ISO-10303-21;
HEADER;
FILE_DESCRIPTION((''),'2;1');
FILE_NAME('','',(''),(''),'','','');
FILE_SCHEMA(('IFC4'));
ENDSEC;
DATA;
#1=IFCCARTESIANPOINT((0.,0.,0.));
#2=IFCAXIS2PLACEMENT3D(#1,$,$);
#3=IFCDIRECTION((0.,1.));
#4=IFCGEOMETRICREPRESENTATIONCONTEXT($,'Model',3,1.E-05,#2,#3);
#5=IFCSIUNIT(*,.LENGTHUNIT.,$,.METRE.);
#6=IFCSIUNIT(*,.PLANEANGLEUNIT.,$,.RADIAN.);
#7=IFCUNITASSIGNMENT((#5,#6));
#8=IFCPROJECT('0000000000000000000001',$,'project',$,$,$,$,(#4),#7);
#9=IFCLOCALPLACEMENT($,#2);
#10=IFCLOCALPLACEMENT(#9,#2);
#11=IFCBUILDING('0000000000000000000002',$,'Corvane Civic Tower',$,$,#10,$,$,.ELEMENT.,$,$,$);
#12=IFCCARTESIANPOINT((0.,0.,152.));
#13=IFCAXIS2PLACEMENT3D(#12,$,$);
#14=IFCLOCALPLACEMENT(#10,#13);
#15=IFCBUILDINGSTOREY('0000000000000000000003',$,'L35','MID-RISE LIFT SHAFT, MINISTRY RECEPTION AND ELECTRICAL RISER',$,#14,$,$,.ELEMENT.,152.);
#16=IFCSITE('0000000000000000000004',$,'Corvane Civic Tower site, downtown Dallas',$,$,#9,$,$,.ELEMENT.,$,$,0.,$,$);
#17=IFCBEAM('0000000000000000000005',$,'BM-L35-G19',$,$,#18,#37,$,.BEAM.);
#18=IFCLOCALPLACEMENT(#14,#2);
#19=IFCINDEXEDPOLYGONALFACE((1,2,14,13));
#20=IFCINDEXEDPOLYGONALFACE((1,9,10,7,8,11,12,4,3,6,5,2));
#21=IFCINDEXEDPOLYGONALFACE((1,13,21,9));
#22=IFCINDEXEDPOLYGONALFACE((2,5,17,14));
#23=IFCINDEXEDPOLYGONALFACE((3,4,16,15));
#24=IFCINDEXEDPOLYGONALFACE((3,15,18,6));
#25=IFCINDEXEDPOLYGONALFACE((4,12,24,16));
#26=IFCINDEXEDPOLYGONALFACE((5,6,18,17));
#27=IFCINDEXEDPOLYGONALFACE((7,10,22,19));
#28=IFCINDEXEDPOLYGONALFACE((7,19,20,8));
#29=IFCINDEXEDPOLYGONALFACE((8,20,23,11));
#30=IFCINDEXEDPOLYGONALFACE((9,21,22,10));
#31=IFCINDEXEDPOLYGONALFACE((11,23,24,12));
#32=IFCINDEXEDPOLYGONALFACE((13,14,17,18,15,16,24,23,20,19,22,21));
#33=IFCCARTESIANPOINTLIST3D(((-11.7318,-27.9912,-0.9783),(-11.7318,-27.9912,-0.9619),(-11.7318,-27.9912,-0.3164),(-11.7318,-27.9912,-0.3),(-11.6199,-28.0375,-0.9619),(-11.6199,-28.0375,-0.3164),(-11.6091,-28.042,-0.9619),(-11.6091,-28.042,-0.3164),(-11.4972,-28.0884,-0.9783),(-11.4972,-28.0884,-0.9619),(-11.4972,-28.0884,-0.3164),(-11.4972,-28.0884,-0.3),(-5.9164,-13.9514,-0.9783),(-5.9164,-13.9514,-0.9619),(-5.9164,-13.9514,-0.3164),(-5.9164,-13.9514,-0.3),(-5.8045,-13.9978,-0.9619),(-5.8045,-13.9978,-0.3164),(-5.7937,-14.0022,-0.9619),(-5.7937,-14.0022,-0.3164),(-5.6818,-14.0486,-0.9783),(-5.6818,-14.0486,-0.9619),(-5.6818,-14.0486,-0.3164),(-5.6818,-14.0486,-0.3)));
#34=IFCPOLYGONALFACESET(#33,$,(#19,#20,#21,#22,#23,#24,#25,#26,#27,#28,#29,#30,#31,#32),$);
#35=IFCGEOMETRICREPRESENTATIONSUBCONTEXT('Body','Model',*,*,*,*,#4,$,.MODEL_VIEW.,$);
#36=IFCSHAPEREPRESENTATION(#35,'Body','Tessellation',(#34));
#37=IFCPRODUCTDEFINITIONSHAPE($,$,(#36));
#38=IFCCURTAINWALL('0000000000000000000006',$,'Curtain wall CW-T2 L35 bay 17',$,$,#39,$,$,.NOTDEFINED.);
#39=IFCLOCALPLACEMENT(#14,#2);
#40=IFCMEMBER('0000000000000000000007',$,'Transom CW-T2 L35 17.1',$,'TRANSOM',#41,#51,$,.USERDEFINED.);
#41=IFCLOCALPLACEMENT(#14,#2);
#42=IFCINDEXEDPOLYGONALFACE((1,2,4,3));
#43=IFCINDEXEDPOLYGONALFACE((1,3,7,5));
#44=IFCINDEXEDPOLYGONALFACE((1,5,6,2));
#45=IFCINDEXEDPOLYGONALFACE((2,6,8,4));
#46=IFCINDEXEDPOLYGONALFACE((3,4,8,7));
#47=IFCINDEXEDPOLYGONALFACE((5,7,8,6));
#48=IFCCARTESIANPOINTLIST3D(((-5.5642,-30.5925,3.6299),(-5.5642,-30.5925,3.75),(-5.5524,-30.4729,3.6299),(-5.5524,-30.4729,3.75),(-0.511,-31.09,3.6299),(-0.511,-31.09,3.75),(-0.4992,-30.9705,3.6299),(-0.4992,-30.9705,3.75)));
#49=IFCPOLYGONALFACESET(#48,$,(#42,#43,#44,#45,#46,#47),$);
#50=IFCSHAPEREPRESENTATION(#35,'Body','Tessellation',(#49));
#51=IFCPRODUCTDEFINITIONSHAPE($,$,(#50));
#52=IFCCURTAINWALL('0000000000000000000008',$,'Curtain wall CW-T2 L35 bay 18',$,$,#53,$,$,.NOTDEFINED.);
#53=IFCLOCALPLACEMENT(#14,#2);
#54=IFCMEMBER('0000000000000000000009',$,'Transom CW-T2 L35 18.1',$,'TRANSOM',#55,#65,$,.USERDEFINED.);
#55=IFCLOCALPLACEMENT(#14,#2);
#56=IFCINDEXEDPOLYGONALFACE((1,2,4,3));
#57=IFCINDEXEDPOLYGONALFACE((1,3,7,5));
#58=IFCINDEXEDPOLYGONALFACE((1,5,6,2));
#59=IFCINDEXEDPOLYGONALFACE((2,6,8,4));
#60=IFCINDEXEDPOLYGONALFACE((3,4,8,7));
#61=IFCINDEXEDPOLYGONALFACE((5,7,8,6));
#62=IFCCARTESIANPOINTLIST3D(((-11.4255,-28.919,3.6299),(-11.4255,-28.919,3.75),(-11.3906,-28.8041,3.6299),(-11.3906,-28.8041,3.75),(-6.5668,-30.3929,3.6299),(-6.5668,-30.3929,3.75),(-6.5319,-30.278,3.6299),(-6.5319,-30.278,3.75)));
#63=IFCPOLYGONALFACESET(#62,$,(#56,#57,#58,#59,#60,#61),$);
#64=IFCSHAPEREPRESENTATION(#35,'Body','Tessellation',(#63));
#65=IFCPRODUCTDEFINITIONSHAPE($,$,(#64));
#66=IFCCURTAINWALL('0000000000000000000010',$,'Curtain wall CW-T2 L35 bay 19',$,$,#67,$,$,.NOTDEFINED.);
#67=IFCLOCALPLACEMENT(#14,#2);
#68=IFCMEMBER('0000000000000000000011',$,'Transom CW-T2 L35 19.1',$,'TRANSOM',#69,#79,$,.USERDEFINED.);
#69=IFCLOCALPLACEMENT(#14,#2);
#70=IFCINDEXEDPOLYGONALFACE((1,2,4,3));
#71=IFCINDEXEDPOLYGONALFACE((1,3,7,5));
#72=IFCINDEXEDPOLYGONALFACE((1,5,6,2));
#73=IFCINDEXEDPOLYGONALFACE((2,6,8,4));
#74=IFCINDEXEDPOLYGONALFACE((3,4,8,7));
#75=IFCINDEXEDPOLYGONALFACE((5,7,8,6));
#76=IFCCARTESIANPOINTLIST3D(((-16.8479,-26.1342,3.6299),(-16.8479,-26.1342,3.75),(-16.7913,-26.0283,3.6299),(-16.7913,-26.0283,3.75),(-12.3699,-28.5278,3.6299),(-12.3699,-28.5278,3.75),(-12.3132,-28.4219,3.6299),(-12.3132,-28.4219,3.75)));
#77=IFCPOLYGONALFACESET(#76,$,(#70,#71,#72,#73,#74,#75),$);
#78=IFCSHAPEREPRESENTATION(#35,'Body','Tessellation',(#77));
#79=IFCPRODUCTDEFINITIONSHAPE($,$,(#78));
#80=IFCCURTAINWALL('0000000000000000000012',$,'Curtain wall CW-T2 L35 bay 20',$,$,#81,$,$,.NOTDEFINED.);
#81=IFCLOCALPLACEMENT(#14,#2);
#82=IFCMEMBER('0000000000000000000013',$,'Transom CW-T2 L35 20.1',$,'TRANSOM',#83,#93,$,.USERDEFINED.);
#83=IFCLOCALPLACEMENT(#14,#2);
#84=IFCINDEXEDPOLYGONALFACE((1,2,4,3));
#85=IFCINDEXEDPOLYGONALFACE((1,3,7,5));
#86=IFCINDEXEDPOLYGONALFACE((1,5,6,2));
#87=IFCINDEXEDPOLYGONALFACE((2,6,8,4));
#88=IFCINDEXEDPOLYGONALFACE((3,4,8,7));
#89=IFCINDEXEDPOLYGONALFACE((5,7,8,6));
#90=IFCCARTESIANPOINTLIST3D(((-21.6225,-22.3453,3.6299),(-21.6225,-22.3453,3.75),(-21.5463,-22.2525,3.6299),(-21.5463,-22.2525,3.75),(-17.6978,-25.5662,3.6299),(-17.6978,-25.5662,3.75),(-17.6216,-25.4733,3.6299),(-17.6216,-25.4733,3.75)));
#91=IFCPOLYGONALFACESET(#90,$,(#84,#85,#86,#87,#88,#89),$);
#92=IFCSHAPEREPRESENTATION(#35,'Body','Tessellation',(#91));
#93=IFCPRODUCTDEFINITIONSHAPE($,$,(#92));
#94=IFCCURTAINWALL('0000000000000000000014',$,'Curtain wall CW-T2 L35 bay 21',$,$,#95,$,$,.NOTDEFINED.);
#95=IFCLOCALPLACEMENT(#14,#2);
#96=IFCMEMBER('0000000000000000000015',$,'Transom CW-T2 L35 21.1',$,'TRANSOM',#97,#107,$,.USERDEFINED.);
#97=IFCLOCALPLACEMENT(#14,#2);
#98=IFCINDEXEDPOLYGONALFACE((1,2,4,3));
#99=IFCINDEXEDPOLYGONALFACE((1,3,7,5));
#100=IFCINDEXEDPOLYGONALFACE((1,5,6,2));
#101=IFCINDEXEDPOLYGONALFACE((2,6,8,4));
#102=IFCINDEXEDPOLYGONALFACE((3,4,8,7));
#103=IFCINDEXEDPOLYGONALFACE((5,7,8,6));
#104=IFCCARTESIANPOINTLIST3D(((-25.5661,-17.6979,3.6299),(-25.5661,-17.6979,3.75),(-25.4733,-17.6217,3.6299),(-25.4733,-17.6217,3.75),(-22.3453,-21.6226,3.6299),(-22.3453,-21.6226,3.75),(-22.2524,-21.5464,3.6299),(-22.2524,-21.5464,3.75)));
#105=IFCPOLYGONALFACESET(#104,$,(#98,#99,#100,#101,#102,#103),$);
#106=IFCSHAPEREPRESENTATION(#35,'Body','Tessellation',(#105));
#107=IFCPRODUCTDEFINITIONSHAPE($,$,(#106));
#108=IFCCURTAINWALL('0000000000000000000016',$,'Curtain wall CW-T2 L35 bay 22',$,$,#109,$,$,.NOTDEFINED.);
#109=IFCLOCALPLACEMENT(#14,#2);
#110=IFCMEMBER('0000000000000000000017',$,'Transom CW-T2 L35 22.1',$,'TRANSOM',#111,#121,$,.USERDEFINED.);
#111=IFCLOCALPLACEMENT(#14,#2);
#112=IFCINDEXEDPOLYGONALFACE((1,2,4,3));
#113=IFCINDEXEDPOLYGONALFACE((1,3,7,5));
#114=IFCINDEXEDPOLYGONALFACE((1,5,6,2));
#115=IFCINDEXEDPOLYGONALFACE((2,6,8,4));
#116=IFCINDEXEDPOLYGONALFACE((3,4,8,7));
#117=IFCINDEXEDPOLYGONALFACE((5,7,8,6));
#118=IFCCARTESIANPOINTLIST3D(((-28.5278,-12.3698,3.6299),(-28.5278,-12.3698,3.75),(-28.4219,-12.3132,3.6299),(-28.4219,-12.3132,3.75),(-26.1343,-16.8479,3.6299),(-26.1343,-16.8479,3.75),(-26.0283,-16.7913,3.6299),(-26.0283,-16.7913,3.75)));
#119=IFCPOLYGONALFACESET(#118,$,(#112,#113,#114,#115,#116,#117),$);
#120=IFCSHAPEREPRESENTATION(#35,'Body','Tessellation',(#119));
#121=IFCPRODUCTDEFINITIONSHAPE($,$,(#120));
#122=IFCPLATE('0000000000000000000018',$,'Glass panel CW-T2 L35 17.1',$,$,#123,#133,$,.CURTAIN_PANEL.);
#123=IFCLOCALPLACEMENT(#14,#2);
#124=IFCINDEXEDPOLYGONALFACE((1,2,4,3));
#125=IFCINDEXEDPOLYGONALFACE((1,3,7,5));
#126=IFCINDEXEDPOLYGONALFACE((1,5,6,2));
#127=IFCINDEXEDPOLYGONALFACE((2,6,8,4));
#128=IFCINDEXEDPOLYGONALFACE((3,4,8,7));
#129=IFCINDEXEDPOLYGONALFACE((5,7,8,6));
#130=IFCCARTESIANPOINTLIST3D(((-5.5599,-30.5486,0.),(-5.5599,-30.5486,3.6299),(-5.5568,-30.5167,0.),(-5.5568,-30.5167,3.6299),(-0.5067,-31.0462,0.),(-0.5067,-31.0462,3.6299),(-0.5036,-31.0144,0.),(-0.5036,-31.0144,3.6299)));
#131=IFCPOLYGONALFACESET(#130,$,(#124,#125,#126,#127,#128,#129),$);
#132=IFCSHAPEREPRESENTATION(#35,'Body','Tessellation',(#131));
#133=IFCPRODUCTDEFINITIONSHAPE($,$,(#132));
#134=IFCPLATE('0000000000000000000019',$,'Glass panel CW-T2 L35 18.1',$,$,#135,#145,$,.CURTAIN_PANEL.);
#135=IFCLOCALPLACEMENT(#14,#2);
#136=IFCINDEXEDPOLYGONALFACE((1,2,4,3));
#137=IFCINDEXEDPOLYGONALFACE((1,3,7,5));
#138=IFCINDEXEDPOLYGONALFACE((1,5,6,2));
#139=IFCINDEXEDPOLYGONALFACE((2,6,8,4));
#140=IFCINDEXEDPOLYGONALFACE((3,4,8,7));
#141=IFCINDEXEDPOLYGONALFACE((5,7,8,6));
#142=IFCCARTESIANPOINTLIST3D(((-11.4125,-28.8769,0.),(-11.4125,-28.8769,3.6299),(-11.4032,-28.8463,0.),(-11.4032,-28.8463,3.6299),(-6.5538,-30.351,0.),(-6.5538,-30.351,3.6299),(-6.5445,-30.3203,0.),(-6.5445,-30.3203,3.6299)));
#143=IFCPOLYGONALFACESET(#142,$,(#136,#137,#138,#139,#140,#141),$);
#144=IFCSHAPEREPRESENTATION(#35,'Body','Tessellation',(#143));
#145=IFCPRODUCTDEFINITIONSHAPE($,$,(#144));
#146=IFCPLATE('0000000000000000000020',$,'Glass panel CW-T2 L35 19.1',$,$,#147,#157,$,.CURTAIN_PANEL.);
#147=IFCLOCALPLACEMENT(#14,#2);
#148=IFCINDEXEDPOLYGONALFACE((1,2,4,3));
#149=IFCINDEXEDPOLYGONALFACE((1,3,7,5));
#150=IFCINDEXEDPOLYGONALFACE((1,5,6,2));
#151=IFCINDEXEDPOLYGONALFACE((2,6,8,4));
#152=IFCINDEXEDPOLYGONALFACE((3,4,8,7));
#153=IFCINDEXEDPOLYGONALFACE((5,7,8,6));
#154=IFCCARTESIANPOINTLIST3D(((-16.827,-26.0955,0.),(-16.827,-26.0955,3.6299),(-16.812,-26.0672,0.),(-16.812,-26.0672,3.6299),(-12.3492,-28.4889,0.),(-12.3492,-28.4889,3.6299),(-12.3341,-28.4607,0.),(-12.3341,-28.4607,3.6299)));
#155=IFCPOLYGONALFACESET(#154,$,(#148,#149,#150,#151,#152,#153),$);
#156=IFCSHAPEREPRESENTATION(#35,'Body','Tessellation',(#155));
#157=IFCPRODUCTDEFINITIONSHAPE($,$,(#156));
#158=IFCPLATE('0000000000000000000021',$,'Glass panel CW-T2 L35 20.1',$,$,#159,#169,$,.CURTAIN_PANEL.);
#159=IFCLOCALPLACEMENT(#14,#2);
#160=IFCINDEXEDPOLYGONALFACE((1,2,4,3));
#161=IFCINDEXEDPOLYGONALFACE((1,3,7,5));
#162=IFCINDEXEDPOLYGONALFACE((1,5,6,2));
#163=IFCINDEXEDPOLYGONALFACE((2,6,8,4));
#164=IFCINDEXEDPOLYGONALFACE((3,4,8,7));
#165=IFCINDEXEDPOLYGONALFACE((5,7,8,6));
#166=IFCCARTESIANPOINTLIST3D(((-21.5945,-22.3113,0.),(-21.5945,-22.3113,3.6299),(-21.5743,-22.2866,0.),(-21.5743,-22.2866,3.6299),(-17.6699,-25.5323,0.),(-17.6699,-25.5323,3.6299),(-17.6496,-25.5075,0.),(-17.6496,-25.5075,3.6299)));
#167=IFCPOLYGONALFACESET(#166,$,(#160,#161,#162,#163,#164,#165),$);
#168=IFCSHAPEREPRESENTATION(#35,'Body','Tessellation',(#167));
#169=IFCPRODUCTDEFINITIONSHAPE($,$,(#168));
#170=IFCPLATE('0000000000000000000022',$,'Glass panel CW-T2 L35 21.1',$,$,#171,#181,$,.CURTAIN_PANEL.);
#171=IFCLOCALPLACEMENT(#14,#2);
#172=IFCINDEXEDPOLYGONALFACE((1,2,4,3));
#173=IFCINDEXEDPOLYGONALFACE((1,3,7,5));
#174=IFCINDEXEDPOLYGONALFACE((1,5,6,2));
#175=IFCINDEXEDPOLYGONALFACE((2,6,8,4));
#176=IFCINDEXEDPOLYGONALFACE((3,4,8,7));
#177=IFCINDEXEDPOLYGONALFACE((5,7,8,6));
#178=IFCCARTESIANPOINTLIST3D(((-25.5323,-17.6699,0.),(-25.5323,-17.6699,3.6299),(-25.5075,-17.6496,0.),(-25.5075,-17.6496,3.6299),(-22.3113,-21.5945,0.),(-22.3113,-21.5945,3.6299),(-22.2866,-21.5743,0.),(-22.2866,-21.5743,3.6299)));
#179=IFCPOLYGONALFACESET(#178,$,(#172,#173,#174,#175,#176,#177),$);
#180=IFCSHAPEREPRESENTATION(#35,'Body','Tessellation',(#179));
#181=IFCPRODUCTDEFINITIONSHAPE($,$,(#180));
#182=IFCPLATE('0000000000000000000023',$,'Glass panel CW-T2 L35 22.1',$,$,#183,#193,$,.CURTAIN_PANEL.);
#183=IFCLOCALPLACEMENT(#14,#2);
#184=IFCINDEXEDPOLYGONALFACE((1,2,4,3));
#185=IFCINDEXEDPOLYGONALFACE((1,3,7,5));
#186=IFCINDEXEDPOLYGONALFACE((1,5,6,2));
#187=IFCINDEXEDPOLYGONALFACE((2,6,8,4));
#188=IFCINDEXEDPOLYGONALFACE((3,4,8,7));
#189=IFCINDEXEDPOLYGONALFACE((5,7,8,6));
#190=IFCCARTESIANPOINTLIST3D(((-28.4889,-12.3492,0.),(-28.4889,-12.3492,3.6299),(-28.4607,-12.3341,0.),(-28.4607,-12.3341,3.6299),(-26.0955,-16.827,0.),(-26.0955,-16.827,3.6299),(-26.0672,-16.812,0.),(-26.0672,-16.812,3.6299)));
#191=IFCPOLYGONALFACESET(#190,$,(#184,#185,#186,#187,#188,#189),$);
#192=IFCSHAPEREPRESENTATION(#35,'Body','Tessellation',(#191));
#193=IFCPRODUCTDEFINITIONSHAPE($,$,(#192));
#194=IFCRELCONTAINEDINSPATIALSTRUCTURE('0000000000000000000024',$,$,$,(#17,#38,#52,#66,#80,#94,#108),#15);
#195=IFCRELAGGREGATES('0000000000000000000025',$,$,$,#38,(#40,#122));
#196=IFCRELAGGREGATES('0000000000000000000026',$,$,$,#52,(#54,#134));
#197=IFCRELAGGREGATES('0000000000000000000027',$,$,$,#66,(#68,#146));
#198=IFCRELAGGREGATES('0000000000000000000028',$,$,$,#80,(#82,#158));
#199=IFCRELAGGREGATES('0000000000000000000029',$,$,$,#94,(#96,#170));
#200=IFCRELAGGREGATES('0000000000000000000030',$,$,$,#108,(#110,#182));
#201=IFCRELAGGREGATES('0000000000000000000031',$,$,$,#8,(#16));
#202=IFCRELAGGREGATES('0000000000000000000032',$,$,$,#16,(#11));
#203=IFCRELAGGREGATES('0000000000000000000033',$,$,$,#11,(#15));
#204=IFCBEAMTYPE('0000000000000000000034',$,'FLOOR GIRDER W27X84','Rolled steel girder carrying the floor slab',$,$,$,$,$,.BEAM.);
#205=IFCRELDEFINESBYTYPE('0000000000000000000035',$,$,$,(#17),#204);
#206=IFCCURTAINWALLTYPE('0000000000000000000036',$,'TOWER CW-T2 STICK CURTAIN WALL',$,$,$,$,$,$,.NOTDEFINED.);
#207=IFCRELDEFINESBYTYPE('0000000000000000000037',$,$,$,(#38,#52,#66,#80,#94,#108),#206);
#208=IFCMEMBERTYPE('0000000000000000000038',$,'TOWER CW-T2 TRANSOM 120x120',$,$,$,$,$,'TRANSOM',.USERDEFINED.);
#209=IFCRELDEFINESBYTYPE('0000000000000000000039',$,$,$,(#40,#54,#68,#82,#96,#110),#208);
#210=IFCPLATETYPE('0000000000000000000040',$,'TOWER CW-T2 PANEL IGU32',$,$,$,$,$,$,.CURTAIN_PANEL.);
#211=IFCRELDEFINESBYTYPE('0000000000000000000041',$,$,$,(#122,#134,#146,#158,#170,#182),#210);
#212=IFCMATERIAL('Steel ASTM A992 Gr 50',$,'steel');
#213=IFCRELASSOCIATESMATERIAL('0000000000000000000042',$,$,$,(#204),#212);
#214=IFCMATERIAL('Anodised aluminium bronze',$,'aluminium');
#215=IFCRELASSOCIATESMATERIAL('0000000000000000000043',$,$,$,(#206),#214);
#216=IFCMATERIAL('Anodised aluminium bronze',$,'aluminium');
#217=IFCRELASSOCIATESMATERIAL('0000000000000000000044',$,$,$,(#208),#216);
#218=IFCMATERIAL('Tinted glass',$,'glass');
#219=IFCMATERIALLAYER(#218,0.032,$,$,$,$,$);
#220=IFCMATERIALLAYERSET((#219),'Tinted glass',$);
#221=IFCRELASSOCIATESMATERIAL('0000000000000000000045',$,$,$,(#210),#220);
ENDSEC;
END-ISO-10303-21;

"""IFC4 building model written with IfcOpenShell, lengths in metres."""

from ifc_helpers import new_model, si_unit, direction, frame, origin, origin_2d, place, context, subcontext, project, spatial, rectangle, i_section, extrude, material, layer, layer_set, material_profile, profile_set, type_object, element, aggregate, save


model = new_model("IFC4")

# Units and contexts
model_context = context("Model", 3, precision=1e-05, world=origin(), true_north=direction((0.0, 1.0)))
body_context = subcontext(model_context, "Body", "Model", "MODEL_VIEW")
ifc_project = project(units=[si_unit("LENGTHUNIT", "METRE"), si_unit("PLANEANGLEUNIT", "RADIAN")], contexts=[model_context])

# Site, building, storey
site_placement = place(None, origin())
site = spatial("IfcSite", under=ifc_project, at=site_placement, Name="Corvane Civic Tower site, downtown Dallas", CompositionType="ELEMENT", RefElevation=0.0)
building_placement = place(site_placement, origin())
building = spatial("IfcBuilding", under=site, at=building_placement, Name="Corvane Civic Tower", CompositionType="ELEMENT")
storey_placement = place(building_placement, frame((0.0, 0.0, 152.0)))
storey = spatial("IfcBuildingStorey", under=building, at=storey_placement, Name="L35", Description="MID-RISE LIFT SHAFT, MINISTRY RECEPTION AND ELECTRICAL RISER", CompositionType="ELEMENT", Elevation=152.0)

# Beam
ifc_material_1 = material(Name="Steel ASTM A992 Gr 50", Category="steel")
ifc_material_profile_1 = material_profile(ifc_material_1, i_section(OverallWidth=0.2539, OverallDepth=0.6782, WebThickness=0.0117, FlangeThickness=0.0164, at=origin_2d()), Name="W27X84")
ifc_profile_set_1 = profile_set([ifc_material_profile_1], Name="Steel ASTM A992 Gr 50")
beam_type_1 = type_object("IfcBeamType", Name="FLOOR GIRDER W27X84", Description="Rolled steel girder carrying the floor slab", PredefinedType="BEAM", material=ifc_profile_set_1)
beam_1_placement = place(storey_placement, frame((-5.7991, -14.0, -0.6392), z_axis=(-0.382681, -0.923881, 0.0), x_axis=(0.923881, -0.382681, 0.0)))
element("IfcBeam", 1, at=beam_1_placement, inside=storey, type_object=beam_type_1, Name="BM-L35-G19", PredefinedType="BEAM", context=body_context, shape_type="SweptSolid", body=[
    extrude(i_section(OverallWidth=0.2539, OverallDepth=0.6782, WebThickness=0.0117, FlangeThickness=0.0164, at=origin_2d()), origin(), (0.0, 0.0, 1.0), 15.1965),
])

# Curtain walls, members
ifc_material_2 = material(Name="Anodised aluminium bronze", Category="aluminium")
curtain_wall_type = type_object("IfcCurtainWallType", Name="TOWER CW-T2 STICK CURTAIN WALL", PredefinedType="NOTDEFINED", material=ifc_material_2)
curtain_wall_1_placement = place(storey_placement, origin())
curtain_wall_1 = element("IfcCurtainWall", 2, at=curtain_wall_1_placement, inside=storey, type_object=curtain_wall_type, Name="Curtain wall CW-T2 L35 bay 17", PredefinedType="NOTDEFINED")
ifc_material_3 = material(Name="Anodised aluminium bronze", Category="aluminium")
ifc_material_profile_2 = material_profile(ifc_material_3, rectangle(XDim=0.1201, YDim=0.1201, at=origin_2d()), Name="TOWER CW-T2 TRANSOM 120x120")
ifc_profile_set_2 = profile_set([ifc_material_profile_2], Name="Anodised aluminium bronze")
member_type = type_object("IfcMemberType", Name="TOWER CW-T2 TRANSOM 120x120", ElementType="TRANSOM", PredefinedType="USERDEFINED", material=ifc_profile_set_2)
member_1_placement = place(storey_placement, frame((-0.5051, -31.0303, 3.6899), z_axis=(-0.995187, 0.09799, 0.0), x_axis=(-0.09799, -0.995187, 0.0)))
member_1 = element("IfcMember", 3, at=member_1_placement, type_object=member_type, Name="Transom CW-T2 L35 17.1", ObjectType="TRANSOM", PredefinedType="USERDEFINED", context=body_context, shape_type="SweptSolid", body=[
    extrude(rectangle(XDim=0.1201, YDim=0.1201, at=origin_2d()), origin(), (0.0, 0.0, 1.0), 5.0776),
])
curtain_wall_2_placement = place(storey_placement, origin())
curtain_wall_2 = element("IfcCurtainWall", 4, at=curtain_wall_2_placement, inside=storey, type_object=curtain_wall_type, Name="Curtain wall CW-T2 L35 bay 18", PredefinedType="NOTDEFINED")
member_2_placement = place(storey_placement, frame((-6.5493, -30.3354, 3.6899), z_axis=(-0.956939, 0.290289, 0.0), x_axis=(-0.290289, -0.956939, 0.0)))
member_2 = element("IfcMember", 5, at=member_2_placement, type_object=member_type, Name="Transom CW-T2 L35 18.1", ObjectType="TRANSOM", PredefinedType="USERDEFINED", context=body_context, shape_type="SweptSolid", body=[
    extrude(rectangle(XDim=0.1201, YDim=0.1201, at=origin_2d()), origin(), (0.0, 0.0, 1.0), 5.0774),
])
curtain_wall_3_placement = place(storey_placement, origin())
curtain_wall_3 = element("IfcCurtainWall", 6, at=curtain_wall_3_placement, inside=storey, type_object=curtain_wall_type, Name="Curtain wall CW-T2 L35 bay 19", PredefinedType="NOTDEFINED")
member_3_placement = place(storey_placement, frame((-12.3416, -28.4749, 3.6899), z_axis=(-0.881921, 0.471397, 0.0), x_axis=(-0.471397, -0.881921, 0.0)))
member_3 = element("IfcMember", 7, at=member_3_placement, type_object=member_type, Name="Transom CW-T2 L35 19.1", ObjectType="TRANSOM", PredefinedType="USERDEFINED", context=body_context, shape_type="SweptSolid", body=[
    extrude(rectangle(XDim=0.1201, YDim=0.1201, at=origin_2d()), origin(), (0.0, 0.0, 1.0), 5.0776),
])
curtain_wall_4_placement = place(storey_placement, origin())
curtain_wall_4 = element("IfcCurtainWall", 8, at=curtain_wall_4_placement, inside=storey, type_object=curtain_wall_type, Name="Curtain wall CW-T2 L35 bay 20", PredefinedType="NOTDEFINED")
member_4_placement = place(storey_placement, frame((-17.6597, -25.5198, 3.6899), z_axis=(-0.773016, 0.634387, 0.0), x_axis=(-0.634387, -0.773016, 0.0)))
member_4 = element("IfcMember", 9, at=member_4_placement, type_object=member_type, Name="Transom CW-T2 L35 20.1", ObjectType="TRANSOM", PredefinedType="USERDEFINED", context=body_context, shape_type="SweptSolid", body=[
    extrude(rectangle(XDim=0.1201, YDim=0.1201, at=origin_2d()), origin(), (0.0, 0.0, 1.0), 5.0771),
])
curtain_wall_5_placement = place(storey_placement, origin())
curtain_wall_5 = element("IfcCurtainWall", 10, at=curtain_wall_5_placement, inside=storey, type_object=curtain_wall_type, Name="Curtain wall CW-T2 L35 bay 21", PredefinedType="NOTDEFINED")
member_5_placement = place(storey_placement, frame((-22.2988, -21.5845, 3.6899), z_axis=(-0.634387, 0.773016, 0.0), x_axis=(-0.773016, -0.634387, 0.0)))
member_5 = element("IfcMember", 11, at=member_5_placement, type_object=member_type, Name="Transom CW-T2 L35 21.1", ObjectType="TRANSOM", PredefinedType="USERDEFINED", context=body_context, shape_type="SweptSolid", body=[
    extrude(rectangle(XDim=0.1201, YDim=0.1201, at=origin_2d()), origin(), (0.0, 0.0, 1.0), 5.0771),
])
curtain_wall_6_placement = place(storey_placement, origin())
curtain_wall_6 = element("IfcCurtainWall", 12, at=curtain_wall_6_placement, inside=storey, type_object=curtain_wall_type, Name="Curtain wall CW-T2 L35 bay 22", PredefinedType="NOTDEFINED")
member_6_placement = place(storey_placement, frame((-26.0813, -16.8196, 3.6899), z_axis=(-0.471397, 0.881921, 0.0), x_axis=(-0.881921, -0.471397, 0.0)))
member_6 = element("IfcMember", 13, at=member_6_placement, type_object=member_type, Name="Transom CW-T2 L35 22.1", ObjectType="TRANSOM", PredefinedType="USERDEFINED", context=body_context, shape_type="SweptSolid", body=[
    extrude(rectangle(XDim=0.1201, YDim=0.1201, at=origin_2d()), origin(), (0.0, 0.0, 1.0), 5.0776),
])

# Plates
ifc_material_4 = material(Name="Tinted glass", Category="glass")
ifc_layer_1 = layer(ifc_material_4, 0.032)
ifc_layer_set_1 = layer_set([ifc_layer_1], Name="Tinted glass")
plate_type = type_object("IfcPlateType", Name="TOWER CW-T2 PANEL IGU32", PredefinedType="CURTAIN_PANEL", material=ifc_layer_set_1)
plate_1_placement = place(storey_placement, frame((-3.0317, -30.7815, 0.0), z_axis=(0.0, 0.0, 1.0), x_axis=(-0.995185, 0.098012, 0.0)))
plate_1 = element("IfcPlate", 14, at=plate_1_placement, type_object=plate_type, Name="Glass panel CW-T2 L35 17.1", PredefinedType="CURTAIN_PANEL", context=body_context, shape_type="SweptSolid", body=[
    extrude(rectangle(XDim=5.0776, YDim=0.032, at=origin_2d()), origin(), (0.0, 0.0, 1.0), 3.6299),
])
aggregate(curtain_wall_1, [member_1, plate_1])
plate_2_placement = place(storey_placement, frame((-8.9785, -29.5986, 0.0), z_axis=(0.0, 0.0, 1.0), x_axis=(-0.956932, 0.290313, 0.0)))
plate_2 = element("IfcPlate", 15, at=plate_2_placement, type_object=plate_type, Name="Glass panel CW-T2 L35 18.1", PredefinedType="CURTAIN_PANEL", context=body_context, shape_type="SweptSolid", body=[
    extrude(rectangle(XDim=5.0774, YDim=0.032, at=origin_2d()), origin(), (0.0, 0.0, 1.0), 3.6299),
])
aggregate(curtain_wall_2, [member_2, plate_2])
plate_3_placement = place(storey_placement, frame((-14.5806, -27.2781, 0.0), z_axis=(0.0, 0.0, 1.0), x_axis=(-0.881922, 0.471395, 0.0)))
plate_3 = element("IfcPlate", 16, at=plate_3_placement, type_object=plate_type, Name="Glass panel CW-T2 L35 19.1", PredefinedType="CURTAIN_PANEL", context=body_context, shape_type="SweptSolid", body=[
    extrude(rectangle(XDim=5.0774, YDim=0.032, at=origin_2d()), origin(), (0.0, 0.0, 1.0), 3.6299),
])
aggregate(curtain_wall_3, [member_3, plate_3])
plate_4_placement = place(storey_placement, frame((-19.6221, -23.9094, 0.0), z_axis=(0.0, 0.0, 1.0), x_axis=(-0.773005, 0.6344, 0.0)))
plate_4 = element("IfcPlate", 17, at=plate_4_placement, type_object=plate_type, Name="Glass panel CW-T2 L35 20.1", PredefinedType="CURTAIN_PANEL", context=body_context, shape_type="SweptSolid", body=[
    extrude(rectangle(XDim=5.0771, YDim=0.032, at=origin_2d()), origin(), (0.0, 0.0, 1.0), 3.6299),
])
aggregate(curtain_wall_4, [member_4, plate_4])
plate_5_placement = place(storey_placement, frame((-23.9094, -19.6221, 0.0), z_axis=(0.0, 0.0, 1.0), x_axis=(-0.6344, 0.773005, 0.0)))
plate_5 = element("IfcPlate", 18, at=plate_5_placement, type_object=plate_type, Name="Glass panel CW-T2 L35 21.1", PredefinedType="CURTAIN_PANEL", context=body_context, shape_type="SweptSolid", body=[
    extrude(rectangle(XDim=5.0771, YDim=0.032, at=origin_2d()), origin(), (0.0, 0.0, 1.0), 3.6299),
])
aggregate(curtain_wall_5, [member_5, plate_5])
plate_6_placement = place(storey_placement, frame((-27.2781, -14.5806, 0.0), z_axis=(0.0, 0.0, 1.0), x_axis=(-0.471395, 0.881922, 0.0)))
plate_6 = element("IfcPlate", 19, at=plate_6_placement, type_object=plate_type, Name="Glass panel CW-T2 L35 22.1", PredefinedType="CURTAIN_PANEL", context=body_context, shape_type="SweptSolid", body=[
    extrude(rectangle(XDim=5.0774, YDim=0.032, at=origin_2d()), origin(), (0.0, 0.0, 1.0), 3.6299),
])
aggregate(curtain_wall_6, [member_6, plate_6])

save(model, "model.ifc")
